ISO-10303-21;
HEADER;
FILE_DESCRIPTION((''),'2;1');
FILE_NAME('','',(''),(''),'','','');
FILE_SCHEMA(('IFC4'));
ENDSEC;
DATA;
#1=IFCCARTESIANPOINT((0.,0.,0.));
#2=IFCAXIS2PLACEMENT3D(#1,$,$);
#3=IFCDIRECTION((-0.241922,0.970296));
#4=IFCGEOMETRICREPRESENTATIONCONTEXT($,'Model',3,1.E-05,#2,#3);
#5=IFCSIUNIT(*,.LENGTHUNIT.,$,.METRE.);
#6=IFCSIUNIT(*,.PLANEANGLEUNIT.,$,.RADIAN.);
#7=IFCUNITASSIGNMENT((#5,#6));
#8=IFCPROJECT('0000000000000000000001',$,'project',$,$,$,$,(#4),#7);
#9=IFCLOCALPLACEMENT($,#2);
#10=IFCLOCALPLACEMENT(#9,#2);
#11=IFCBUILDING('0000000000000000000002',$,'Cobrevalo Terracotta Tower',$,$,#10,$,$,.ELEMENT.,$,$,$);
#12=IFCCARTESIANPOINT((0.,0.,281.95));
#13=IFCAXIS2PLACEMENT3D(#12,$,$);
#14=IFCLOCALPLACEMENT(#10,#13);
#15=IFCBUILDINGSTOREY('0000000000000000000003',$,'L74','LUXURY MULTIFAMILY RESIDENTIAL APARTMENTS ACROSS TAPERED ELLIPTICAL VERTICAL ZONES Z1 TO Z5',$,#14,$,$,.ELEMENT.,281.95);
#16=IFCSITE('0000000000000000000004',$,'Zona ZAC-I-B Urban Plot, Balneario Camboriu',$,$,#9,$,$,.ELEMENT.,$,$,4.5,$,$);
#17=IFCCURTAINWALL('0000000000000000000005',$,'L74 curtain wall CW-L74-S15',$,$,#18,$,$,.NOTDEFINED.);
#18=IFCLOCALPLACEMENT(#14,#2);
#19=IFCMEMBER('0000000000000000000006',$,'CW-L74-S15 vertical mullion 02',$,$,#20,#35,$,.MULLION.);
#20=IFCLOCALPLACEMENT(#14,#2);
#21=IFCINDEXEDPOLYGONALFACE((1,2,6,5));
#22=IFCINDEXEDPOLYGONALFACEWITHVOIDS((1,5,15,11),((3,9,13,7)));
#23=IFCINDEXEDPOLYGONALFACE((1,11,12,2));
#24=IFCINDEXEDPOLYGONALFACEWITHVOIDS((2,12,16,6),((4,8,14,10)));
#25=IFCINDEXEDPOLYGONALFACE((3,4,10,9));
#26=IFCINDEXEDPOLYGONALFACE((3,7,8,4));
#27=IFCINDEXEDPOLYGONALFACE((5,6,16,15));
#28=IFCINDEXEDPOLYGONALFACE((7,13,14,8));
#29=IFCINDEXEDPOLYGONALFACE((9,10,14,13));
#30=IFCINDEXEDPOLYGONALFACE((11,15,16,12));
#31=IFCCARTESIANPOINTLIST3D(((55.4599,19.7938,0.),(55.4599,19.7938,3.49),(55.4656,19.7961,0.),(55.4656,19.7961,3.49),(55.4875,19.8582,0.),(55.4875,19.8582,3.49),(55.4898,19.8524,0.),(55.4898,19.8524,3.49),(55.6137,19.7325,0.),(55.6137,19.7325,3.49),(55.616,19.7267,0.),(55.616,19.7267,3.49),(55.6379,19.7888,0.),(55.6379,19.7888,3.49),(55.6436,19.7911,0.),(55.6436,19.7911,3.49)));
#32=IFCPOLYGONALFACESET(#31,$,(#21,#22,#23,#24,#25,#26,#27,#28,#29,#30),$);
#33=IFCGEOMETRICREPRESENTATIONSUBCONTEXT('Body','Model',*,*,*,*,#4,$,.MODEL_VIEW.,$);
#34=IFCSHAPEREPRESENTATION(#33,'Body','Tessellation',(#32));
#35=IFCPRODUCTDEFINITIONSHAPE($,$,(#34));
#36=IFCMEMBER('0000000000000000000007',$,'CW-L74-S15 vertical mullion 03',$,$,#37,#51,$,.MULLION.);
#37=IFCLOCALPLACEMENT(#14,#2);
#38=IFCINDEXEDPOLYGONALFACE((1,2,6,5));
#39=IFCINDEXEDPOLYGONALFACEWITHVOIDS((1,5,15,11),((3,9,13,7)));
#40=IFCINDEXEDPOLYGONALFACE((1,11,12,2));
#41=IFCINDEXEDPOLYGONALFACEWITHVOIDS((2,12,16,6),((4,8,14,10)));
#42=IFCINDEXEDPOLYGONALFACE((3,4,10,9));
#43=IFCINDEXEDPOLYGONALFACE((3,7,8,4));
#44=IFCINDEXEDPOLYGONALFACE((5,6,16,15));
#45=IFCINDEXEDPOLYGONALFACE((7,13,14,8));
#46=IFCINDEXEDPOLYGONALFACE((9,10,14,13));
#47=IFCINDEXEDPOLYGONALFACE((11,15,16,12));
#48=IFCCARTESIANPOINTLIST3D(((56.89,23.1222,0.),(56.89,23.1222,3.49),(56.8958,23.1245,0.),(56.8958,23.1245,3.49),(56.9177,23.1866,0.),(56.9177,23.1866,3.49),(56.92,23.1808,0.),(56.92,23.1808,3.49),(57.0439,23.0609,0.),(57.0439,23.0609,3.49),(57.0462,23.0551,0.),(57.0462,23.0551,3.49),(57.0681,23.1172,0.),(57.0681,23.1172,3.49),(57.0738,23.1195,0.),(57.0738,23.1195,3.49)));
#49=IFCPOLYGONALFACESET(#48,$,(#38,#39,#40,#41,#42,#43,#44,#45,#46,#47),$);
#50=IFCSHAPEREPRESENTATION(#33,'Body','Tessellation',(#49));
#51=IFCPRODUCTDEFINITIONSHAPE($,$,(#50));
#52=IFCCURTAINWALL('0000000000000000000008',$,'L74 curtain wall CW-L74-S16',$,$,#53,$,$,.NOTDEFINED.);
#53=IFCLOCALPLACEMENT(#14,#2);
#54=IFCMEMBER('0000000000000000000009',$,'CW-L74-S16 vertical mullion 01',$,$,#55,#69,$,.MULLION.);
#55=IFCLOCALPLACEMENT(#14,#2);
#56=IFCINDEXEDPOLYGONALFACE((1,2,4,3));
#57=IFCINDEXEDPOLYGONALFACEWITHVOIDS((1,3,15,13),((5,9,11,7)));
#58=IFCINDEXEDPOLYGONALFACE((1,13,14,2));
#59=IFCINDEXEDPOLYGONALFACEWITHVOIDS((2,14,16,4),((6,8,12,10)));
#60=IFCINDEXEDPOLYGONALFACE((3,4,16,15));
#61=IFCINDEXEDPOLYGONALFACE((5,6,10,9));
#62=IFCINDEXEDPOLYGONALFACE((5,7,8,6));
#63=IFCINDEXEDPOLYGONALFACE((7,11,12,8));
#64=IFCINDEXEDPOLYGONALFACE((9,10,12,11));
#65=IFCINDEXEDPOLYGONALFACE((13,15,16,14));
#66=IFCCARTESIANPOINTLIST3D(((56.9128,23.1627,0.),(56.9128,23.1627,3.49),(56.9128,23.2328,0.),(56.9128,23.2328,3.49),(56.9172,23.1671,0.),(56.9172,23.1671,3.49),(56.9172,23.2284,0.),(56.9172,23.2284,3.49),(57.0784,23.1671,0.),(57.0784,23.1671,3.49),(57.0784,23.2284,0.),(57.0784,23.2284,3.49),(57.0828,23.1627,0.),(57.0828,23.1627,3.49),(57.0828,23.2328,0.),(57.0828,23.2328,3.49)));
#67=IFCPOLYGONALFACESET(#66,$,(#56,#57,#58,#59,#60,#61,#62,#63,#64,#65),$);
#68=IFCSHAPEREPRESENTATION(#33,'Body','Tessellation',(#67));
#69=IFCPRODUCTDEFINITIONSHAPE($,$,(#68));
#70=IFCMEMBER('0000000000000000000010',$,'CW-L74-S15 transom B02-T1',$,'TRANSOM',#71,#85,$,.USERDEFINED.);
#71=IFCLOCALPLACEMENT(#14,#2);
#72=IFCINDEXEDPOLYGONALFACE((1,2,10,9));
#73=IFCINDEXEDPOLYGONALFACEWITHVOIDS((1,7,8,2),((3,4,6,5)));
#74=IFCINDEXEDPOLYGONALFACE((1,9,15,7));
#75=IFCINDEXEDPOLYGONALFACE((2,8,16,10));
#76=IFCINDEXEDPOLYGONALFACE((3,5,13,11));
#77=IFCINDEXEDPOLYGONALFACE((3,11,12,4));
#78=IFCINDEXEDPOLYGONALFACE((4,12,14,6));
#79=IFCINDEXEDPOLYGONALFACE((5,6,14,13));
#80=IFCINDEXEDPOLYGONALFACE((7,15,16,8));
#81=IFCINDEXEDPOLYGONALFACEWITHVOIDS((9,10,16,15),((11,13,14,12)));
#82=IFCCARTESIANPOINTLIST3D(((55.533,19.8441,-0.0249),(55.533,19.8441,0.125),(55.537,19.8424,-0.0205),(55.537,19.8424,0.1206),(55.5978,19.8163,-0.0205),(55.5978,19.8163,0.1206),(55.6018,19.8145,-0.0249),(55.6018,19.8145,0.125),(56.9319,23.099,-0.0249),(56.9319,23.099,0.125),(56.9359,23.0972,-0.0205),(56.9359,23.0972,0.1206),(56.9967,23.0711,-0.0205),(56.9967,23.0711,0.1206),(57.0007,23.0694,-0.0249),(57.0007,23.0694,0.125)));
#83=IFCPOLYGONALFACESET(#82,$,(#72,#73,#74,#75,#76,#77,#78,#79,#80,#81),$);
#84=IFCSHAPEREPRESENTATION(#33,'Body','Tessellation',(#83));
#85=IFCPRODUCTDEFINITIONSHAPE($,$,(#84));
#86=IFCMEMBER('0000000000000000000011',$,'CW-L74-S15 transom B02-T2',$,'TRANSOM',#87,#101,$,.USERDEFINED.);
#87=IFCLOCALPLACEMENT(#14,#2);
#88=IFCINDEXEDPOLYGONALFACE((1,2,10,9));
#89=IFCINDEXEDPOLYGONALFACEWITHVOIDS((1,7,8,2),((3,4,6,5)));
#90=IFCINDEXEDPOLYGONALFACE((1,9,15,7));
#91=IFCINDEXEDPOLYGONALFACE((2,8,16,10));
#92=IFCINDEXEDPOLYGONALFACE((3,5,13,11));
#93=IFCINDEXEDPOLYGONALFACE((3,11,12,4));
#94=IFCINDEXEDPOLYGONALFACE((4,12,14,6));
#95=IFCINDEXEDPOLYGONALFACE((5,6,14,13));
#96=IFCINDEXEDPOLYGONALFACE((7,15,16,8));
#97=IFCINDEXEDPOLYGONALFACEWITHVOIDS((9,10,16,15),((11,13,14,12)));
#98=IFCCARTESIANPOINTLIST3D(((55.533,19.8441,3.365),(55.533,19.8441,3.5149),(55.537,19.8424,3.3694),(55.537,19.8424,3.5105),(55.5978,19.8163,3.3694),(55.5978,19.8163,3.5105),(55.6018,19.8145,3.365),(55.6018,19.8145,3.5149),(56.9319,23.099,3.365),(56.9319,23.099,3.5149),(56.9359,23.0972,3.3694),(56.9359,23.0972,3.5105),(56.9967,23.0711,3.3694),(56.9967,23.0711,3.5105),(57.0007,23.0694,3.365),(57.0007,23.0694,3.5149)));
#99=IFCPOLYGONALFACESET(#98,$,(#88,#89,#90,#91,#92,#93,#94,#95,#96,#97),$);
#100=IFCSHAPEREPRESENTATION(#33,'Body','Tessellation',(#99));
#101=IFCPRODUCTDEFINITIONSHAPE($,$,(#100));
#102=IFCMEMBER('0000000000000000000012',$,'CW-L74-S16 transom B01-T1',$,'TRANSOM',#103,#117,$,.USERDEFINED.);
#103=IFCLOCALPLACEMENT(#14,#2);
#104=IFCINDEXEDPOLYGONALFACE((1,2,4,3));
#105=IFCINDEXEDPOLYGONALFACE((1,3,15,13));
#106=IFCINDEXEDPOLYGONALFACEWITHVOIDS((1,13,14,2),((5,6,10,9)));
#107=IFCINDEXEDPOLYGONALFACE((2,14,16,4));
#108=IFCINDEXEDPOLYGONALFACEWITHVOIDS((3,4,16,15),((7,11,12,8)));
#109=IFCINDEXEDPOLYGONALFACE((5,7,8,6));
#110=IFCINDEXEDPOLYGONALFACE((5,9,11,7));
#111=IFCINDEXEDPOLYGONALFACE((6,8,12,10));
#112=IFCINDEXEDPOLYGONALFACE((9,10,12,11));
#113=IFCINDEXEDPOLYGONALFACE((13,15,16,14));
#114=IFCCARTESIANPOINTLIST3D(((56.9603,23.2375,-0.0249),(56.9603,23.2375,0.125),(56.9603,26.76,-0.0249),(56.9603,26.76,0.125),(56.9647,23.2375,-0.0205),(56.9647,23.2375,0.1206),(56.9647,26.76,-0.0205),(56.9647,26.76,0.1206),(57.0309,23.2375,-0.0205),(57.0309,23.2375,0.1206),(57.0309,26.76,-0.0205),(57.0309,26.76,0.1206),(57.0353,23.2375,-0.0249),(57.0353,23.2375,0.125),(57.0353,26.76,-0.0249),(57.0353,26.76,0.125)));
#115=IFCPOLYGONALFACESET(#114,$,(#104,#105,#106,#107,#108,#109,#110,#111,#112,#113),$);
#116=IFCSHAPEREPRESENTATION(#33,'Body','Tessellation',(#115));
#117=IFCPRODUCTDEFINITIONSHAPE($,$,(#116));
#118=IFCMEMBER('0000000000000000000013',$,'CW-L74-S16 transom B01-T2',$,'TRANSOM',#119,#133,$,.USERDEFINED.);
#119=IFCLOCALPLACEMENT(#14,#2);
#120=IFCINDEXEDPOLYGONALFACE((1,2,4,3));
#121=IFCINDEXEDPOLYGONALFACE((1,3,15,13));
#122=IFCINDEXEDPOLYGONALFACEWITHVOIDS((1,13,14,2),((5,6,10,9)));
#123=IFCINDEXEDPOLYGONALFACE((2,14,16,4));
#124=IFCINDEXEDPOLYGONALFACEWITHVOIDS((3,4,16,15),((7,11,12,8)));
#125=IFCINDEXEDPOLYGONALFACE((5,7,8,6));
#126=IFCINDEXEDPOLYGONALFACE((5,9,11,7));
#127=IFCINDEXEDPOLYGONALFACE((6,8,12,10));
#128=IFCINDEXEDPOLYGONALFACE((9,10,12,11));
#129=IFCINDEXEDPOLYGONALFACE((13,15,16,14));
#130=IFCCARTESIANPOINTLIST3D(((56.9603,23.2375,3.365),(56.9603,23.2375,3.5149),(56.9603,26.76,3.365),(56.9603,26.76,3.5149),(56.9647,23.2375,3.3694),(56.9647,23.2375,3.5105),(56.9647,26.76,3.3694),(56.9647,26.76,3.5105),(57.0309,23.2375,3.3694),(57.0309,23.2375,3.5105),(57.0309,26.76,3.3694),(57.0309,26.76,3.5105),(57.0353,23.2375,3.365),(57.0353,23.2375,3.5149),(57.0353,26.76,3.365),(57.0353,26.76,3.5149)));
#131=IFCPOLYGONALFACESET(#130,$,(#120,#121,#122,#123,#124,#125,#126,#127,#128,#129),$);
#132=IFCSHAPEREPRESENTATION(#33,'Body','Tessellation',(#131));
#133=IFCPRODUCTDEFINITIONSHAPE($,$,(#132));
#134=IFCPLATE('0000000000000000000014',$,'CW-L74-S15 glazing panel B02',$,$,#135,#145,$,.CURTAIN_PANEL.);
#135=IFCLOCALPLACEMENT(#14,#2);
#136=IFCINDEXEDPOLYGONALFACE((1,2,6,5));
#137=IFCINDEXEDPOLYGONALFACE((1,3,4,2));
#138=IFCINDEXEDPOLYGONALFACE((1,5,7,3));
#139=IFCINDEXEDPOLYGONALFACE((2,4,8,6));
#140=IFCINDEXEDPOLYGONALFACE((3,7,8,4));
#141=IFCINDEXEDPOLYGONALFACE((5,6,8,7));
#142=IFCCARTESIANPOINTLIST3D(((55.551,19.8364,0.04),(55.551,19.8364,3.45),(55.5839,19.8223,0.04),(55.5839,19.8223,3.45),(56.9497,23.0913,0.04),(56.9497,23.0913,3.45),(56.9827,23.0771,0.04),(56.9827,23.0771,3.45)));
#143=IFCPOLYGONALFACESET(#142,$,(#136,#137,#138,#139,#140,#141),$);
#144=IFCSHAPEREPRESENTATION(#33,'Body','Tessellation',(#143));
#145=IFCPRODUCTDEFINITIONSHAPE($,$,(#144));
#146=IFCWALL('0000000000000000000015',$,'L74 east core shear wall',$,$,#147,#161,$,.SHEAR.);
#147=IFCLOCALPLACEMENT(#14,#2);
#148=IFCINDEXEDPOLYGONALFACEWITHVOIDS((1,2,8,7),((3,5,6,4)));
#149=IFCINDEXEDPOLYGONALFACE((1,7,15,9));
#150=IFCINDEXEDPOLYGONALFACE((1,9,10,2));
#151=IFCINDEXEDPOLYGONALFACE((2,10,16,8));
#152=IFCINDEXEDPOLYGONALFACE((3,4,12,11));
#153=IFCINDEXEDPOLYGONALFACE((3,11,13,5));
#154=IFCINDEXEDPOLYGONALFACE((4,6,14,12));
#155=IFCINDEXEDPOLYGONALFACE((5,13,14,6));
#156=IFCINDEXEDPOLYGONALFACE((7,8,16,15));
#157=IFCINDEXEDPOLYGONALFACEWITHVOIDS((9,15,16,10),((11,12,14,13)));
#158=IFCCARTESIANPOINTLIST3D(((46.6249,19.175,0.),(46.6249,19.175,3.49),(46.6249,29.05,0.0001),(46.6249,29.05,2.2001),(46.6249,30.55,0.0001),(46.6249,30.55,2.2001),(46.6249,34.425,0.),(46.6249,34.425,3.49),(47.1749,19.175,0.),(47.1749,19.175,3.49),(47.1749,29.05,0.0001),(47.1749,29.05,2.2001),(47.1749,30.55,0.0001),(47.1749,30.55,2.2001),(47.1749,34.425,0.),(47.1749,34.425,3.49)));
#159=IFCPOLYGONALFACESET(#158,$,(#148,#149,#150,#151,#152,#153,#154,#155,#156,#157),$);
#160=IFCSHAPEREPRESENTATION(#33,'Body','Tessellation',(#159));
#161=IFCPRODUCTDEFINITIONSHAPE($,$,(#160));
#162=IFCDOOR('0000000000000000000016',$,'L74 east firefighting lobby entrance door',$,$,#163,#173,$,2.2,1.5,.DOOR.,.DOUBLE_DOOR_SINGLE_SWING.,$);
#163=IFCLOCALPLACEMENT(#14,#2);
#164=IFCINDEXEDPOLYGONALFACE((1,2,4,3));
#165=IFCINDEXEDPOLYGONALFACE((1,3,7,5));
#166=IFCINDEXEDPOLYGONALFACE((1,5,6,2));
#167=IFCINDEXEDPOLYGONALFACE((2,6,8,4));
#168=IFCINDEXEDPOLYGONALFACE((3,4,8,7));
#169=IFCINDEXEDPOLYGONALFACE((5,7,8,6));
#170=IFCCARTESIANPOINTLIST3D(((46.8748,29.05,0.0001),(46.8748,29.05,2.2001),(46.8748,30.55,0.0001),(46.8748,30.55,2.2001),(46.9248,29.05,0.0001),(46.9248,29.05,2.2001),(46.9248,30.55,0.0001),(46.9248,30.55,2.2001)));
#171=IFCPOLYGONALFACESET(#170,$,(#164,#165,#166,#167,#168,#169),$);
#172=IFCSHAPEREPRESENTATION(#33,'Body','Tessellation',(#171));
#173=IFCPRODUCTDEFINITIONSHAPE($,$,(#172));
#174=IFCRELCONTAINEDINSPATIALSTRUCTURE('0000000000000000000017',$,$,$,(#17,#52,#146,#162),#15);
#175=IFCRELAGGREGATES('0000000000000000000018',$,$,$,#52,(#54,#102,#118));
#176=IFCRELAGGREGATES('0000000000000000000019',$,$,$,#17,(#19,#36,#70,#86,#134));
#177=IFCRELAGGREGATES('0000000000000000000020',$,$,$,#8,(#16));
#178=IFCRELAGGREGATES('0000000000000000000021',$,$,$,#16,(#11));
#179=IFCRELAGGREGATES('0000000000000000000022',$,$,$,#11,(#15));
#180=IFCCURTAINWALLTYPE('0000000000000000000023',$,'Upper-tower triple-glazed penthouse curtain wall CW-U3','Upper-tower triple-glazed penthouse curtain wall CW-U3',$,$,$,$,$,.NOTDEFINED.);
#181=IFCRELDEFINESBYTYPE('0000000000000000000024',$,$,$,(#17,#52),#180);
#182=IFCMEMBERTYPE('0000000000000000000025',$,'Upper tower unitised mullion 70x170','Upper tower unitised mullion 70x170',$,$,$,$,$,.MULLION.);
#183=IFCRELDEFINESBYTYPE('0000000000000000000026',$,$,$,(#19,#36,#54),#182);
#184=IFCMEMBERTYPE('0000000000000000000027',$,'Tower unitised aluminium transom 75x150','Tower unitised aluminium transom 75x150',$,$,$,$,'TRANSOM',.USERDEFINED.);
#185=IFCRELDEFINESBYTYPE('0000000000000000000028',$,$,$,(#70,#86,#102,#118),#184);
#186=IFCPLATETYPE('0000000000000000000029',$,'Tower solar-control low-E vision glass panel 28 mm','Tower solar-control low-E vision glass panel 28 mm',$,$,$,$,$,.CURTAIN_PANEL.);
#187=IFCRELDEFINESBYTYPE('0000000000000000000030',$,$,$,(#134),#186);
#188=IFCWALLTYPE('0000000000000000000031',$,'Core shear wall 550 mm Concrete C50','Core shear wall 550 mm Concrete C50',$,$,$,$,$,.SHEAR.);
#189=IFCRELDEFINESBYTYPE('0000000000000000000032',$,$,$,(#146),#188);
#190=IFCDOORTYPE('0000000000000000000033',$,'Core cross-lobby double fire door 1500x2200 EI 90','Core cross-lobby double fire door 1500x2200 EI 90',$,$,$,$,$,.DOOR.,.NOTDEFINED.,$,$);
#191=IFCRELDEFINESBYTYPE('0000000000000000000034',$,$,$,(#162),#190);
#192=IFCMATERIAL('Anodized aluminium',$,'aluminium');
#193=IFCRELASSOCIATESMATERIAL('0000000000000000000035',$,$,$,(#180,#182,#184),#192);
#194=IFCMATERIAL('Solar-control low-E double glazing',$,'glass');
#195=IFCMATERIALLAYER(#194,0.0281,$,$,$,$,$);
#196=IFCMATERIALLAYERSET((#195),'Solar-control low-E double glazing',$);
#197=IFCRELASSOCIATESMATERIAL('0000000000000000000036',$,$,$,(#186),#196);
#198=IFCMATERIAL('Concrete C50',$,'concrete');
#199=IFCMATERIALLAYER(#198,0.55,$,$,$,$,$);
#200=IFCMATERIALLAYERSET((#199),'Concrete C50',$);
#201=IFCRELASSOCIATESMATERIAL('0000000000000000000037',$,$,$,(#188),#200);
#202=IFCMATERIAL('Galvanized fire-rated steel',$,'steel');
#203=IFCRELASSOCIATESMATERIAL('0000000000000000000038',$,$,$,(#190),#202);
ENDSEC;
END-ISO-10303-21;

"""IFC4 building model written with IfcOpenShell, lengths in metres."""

from ifc_helpers import new_model, si_unit, direction, frame, frame_2d, origin, origin_2d, place, context, subcontext, project, spatial, rectangle, hollow_rectangle, extrude, source, transform, mapped, material, layer, layer_set, material_profile, profile_set, type_object, element, fill, aggregate, save


model = new_model("IFC4")

# Units and contexts
model_context = context("Model", 3, precision=1e-05, world=origin(), true_north=direction((-0.241922, 0.970296)))
body_context = subcontext(model_context, "Body", "Model", "MODEL_VIEW")
ifc_project = project(units=[si_unit("LENGTHUNIT", "METRE"), si_unit("PLANEANGLEUNIT", "RADIAN")], contexts=[model_context])

# Site, building, storey
site_placement = place(None, origin())
site = spatial("IfcSite", under=ifc_project, at=site_placement, Name="Zona ZAC-I-B Urban Plot, Balneario Camboriu", CompositionType="ELEMENT", RefElevation=4.5)
building_placement = place(site_placement, origin())
building = spatial("IfcBuilding", under=site, at=building_placement, Name="Cobrevalo Terracotta Tower", CompositionType="ELEMENT")
storey_placement = place(building_placement, frame((0.0, 0.0, 281.95)))
storey = spatial("IfcBuildingStorey", under=building, at=storey_placement, Name="L74", Description="LUXURY MULTIFAMILY RESIDENTIAL APARTMENTS ACROSS TAPERED ELLIPTICAL VERTICAL ZONES Z1 TO Z5", CompositionType="ELEMENT", Elevation=281.95)

# Shared definitions
ifc_material_1 = material(Name="Concrete C50", Category="concrete")

# Curtain wall, members
ifc_material_2 = material(Name="Anodized aluminium", Category="aluminium")
curtain_wall_type = type_object("IfcCurtainWallType", Name="Upper-tower triple-glazed penthouse curtain wall CW-U3", Description="Upper-tower triple-glazed penthouse curtain wall CW-U3", PredefinedType="NOTDEFINED", material=ifc_material_2)
curtain_wall_1_placement = place(storey_placement, origin())
curtain_wall_1 = element("IfcCurtainWall", 1, at=curtain_wall_1_placement, inside=storey, type_object=curtain_wall_type, Name="L74 curtain wall CW-L74-S15", PredefinedType="NOTDEFINED")
ifc_material_profile_1 = material_profile(ifc_material_2, hollow_rectangle(XDim=0.0701, YDim=0.1699, WallThickness=0.0044, at=origin_2d()), Name="CWM 70x170")
ifc_profile_set_1 = profile_set([ifc_material_profile_1], Name="Anodized aluminium")
member_type_1 = type_object("IfcMemberType", Name="Upper tower unitised mullion 70x170", Description="Upper tower unitised mullion 70x170", PredefinedType="MULLION", material=ifc_profile_set_1)
shared_shape_1 = source(origin(), body_context, "Body", "SweptSolid", [
    extrude(hollow_rectangle(XDim=0.0701, YDim=0.1699, WallThickness=0.0044, at=origin_2d()), origin(), (0.0, 0.0, 1.0), 3.49),
])
member_1_placement = place(storey_placement, frame((55.5518, 19.7925, 0.0), z_axis=(0.0, 0.0, 1.0), x_axis=(0.394824, 0.918757, 0.0)))
member_1 = element("IfcMember", 2, at=member_1_placement, type_object=member_type_1, Name="CW-L74-S15 vertical mullion 02", PredefinedType="MULLION", context=body_context, shape_type="MappedRepresentation", body=[
    mapped(shared_shape_1, transform((0.0, 0.0, 0.0), scale=1.0)),
])
member_2_placement = place(storey_placement, frame((56.9819, 23.1208, 0.0), z_axis=(0.0, 0.0, 1.0), x_axis=(0.394824, 0.918757, 0.0)))
member_2 = element("IfcMember", 3, at=member_2_placement, type_object=member_type_1, Name="CW-L74-S15 vertical mullion 03", PredefinedType="MULLION", context=body_context, shape_type="MappedRepresentation", body=[
    mapped(shared_shape_1, transform((0.0, 0.0, 0.0), scale=1.0)),
])

# Curtain wall, member
curtain_wall_2_placement = place(storey_placement, origin())
curtain_wall_2 = element("IfcCurtainWall", 4, at=curtain_wall_2_placement, inside=storey, type_object=curtain_wall_type, Name="L74 curtain wall CW-L74-S16", PredefinedType="NOTDEFINED")
member_3_placement = place(storey_placement, frame((56.9978, 23.1978, 0.0), z_axis=(0.0, 0.0, 1.0), x_axis=(0.0, 1.0, 0.0)))
member_3 = element("IfcMember", 5, at=member_3_placement, type_object=member_type_1, Name="CW-L74-S16 vertical mullion 01", PredefinedType="MULLION", context=body_context, shape_type="MappedRepresentation", body=[
    mapped(shared_shape_1, transform((0.0, 0.0, 0.0), scale=1.0)),
])

# Members
ifc_material_profile_2 = material_profile(ifc_material_2, hollow_rectangle(XDim=0.075, YDim=0.1499, WallThickness=0.0044, at=origin_2d()), Name="CWT 75x150")
ifc_profile_set_2 = profile_set([ifc_material_profile_2], Name="Anodized aluminium")
member_type_2 = type_object("IfcMemberType", Name="Tower unitised aluminium transom 75x150", Description="Tower unitised aluminium transom 75x150", ElementType="TRANSOM", PredefinedType="USERDEFINED", material=ifc_profile_set_2)
shared_shape_2 = source(origin(), body_context, "Body", "SweptSolid", [
    extrude(hollow_rectangle(XDim=0.075, YDim=0.1499, WallThickness=0.0044, at=origin_2d()), origin(), (0.0, 0.0, 1.0), 3.5427),
])
member_4_placement = place(storey_placement, frame((55.5674, 19.8293, 0.05), z_axis=(0.394867, 0.918738, 0.0), x_axis=(-0.918738, 0.394867, 0.0)))
member_4 = element("IfcMember", 6, at=member_4_placement, type_object=member_type_2, Name="CW-L74-S15 transom B02-T1", ObjectType="TRANSOM", PredefinedType="USERDEFINED", context=body_context, shape_type="MappedRepresentation", body=[
    mapped(shared_shape_2, transform((0.0, 0.0, 0.0), scale=1.0)),
])
member_5_placement = place(storey_placement, frame((55.5674, 19.8293, 3.4399), z_axis=(0.394867, 0.918738, 0.0), x_axis=(-0.918738, 0.394867, 0.0)))
member_5 = element("IfcMember", 7, at=member_5_placement, type_object=member_type_2, Name="CW-L74-S15 transom B02-T2", ObjectType="TRANSOM", PredefinedType="USERDEFINED", context=body_context, shape_type="MappedRepresentation", body=[
    mapped(shared_shape_2, transform((0.0, 0.0, 0.0), scale=1.0)),
])
shared_shape_3 = source(origin(), body_context, "Body", "SweptSolid", [
    extrude(hollow_rectangle(XDim=0.075, YDim=0.1499, WallThickness=0.0044, at=origin_2d()), origin(), (0.0, 0.0, 1.0), 3.5225),
])
member_6_placement = place(storey_placement, frame((56.9978, 23.2375, 0.05), z_axis=(0.0, 1.0, 0.0), x_axis=(-1.0, 0.0, 0.0)))
member_6 = element("IfcMember", 8, at=member_6_placement, type_object=member_type_2, Name="CW-L74-S16 transom B01-T1", ObjectType="TRANSOM", PredefinedType="USERDEFINED", context=body_context, shape_type="MappedRepresentation", body=[
    mapped(shared_shape_3, transform((0.0, 0.0, 0.0), scale=1.0)),
])
member_7_placement = place(storey_placement, frame((56.9978, 23.2375, 3.4399), z_axis=(0.0, 1.0, 0.0), x_axis=(-1.0, 0.0, 0.0)))
member_7 = element("IfcMember", 9, at=member_7_placement, type_object=member_type_2, Name="CW-L74-S16 transom B01-T2", ObjectType="TRANSOM", PredefinedType="USERDEFINED", context=body_context, shape_type="MappedRepresentation", body=[
    mapped(shared_shape_3, transform((0.0, 0.0, 0.0), scale=1.0)),
])
aggregate(curtain_wall_2, [member_3, member_6, member_7])

# Plate
ifc_material_3 = material(Name="Solar-control low-E double glazing", Category="glass")
ifc_layer_1 = layer(ifc_material_3, 0.0281)
ifc_layer_set_1 = layer_set([ifc_layer_1], Name="Solar-control low-E double glazing")
plate_type = type_object("IfcPlateType", Name="Tower solar-control low-E vision glass panel 28 mm", Description="Tower solar-control low-E vision glass panel 28 mm", PredefinedType="CURTAIN_PANEL", material=ifc_layer_set_1)
shared_shape_4 = source(origin(), body_context, "Body", "SweptSolid", [
    extrude(rectangle(XDim=3.5427, YDim=0.0359, at=origin_2d()), origin(), (0.0, 0.0, 1.0), 3.4099),
])
plate_placement = place(storey_placement, frame((56.2668, 21.4568, 0.04), z_axis=(0.0, 0.0, 1.0), x_axis=(0.394829, 0.918755, 0.0)))
plate = element("IfcPlate", 10, at=plate_placement, type_object=plate_type, Name="CW-L74-S15 glazing panel B02", PredefinedType="CURTAIN_PANEL", context=body_context, shape_type="MappedRepresentation", body=[
    mapped(shared_shape_4, transform((0.0, 0.0, 0.0), scale=1.0)),
])
aggregate(curtain_wall_1, [member_1, member_2, member_4, member_5, plate])

# Wall, opening, door
ifc_layer_2 = layer(ifc_material_1, 0.55)
ifc_layer_set_2 = layer_set([ifc_layer_2], Name="Concrete C50")
wall_type_1 = type_object("IfcWallType", Name="Core shear wall 550 mm Concrete C50", Description="Core shear wall 550 mm Concrete C50", PredefinedType="SHEAR", material=ifc_layer_set_2)
wall_1_placement = place(storey_placement, frame((46.8999, 19.175, 0.0), z_axis=(0.0, 0.0, 1.0), x_axis=(0.0, 1.0, 0.0)))
wall_1 = element("IfcWall", 11, at=wall_1_placement, inside=storey, type_object=wall_type_1, Name="L74 east core shear wall", PredefinedType="SHEAR", context=body_context, shape_type="SweptSolid", body=[
    extrude(rectangle(XDim=15.25, YDim=0.55, at=frame_2d((7.625, 0.0))), origin(), (0.0, 0.0, 1.0), 3.49),
])
opening_1_placement = place(wall_1_placement, frame((9.875, 0.0, 0.0)))
opening_1 = element("IfcOpeningElement", 12, at=opening_1_placement, cuts=wall_1, PredefinedType="OPENING", context=body_context, shape_type="SweptSolid", body=[
    extrude(rectangle(XDim=1.5, YDim=2.2, at=frame_2d((0.75, 1.1001))), frame((0.0, 0.2852, 0.0), z_axis=(0.0, -1.0, 0.0), x_axis=(1.0, 0.0, 0.0)), (0.0, 0.0, 1.0), 0.5701),
])
ifc_material_4 = material(Name="Galvanized fire-rated steel", Category="steel")
door_type_1 = type_object("IfcDoorType", Name="Core cross-lobby double fire door 1500x2200 EI 90", Description="Core cross-lobby double fire door 1500x2200 EI 90", OperationType="NOTDEFINED", PredefinedType="DOOR", material=ifc_material_4)
shared_shape_5 = source(origin(), body_context, "Body", "SweptSolid", [
    extrude(rectangle(XDim=1.5, YDim=2.2, at=frame_2d((0.75, 1.1001))), frame((0.0, 0.0249, 0.0), z_axis=(0.0, -1.0, 0.0), x_axis=(1.0, 0.0, 0.0)), (0.0, 0.0, 1.0), 0.05),
])
door_1_placement = place(opening_1_placement, frame((1.5, 0.0, 0.0), z_axis=(0.0, 0.0, 1.0), x_axis=(-1.0, 0.0, 0.0)))
door_1 = element("IfcDoor", 13, at=door_1_placement, inside=storey, type_object=door_type_1, Name="L74 east firefighting lobby entrance door", OperationType="DOUBLE_DOOR_SINGLE_SWING", OverallHeight=2.2, OverallWidth=1.5, PredefinedType="DOOR", context=body_context, shape_type="MappedRepresentation", body=[
    mapped(shared_shape_5, transform((0.0, 0.0, 0.0), scale=1.0)),
])
fill(opening_1, door_1)

save(model, "model.ifc")
